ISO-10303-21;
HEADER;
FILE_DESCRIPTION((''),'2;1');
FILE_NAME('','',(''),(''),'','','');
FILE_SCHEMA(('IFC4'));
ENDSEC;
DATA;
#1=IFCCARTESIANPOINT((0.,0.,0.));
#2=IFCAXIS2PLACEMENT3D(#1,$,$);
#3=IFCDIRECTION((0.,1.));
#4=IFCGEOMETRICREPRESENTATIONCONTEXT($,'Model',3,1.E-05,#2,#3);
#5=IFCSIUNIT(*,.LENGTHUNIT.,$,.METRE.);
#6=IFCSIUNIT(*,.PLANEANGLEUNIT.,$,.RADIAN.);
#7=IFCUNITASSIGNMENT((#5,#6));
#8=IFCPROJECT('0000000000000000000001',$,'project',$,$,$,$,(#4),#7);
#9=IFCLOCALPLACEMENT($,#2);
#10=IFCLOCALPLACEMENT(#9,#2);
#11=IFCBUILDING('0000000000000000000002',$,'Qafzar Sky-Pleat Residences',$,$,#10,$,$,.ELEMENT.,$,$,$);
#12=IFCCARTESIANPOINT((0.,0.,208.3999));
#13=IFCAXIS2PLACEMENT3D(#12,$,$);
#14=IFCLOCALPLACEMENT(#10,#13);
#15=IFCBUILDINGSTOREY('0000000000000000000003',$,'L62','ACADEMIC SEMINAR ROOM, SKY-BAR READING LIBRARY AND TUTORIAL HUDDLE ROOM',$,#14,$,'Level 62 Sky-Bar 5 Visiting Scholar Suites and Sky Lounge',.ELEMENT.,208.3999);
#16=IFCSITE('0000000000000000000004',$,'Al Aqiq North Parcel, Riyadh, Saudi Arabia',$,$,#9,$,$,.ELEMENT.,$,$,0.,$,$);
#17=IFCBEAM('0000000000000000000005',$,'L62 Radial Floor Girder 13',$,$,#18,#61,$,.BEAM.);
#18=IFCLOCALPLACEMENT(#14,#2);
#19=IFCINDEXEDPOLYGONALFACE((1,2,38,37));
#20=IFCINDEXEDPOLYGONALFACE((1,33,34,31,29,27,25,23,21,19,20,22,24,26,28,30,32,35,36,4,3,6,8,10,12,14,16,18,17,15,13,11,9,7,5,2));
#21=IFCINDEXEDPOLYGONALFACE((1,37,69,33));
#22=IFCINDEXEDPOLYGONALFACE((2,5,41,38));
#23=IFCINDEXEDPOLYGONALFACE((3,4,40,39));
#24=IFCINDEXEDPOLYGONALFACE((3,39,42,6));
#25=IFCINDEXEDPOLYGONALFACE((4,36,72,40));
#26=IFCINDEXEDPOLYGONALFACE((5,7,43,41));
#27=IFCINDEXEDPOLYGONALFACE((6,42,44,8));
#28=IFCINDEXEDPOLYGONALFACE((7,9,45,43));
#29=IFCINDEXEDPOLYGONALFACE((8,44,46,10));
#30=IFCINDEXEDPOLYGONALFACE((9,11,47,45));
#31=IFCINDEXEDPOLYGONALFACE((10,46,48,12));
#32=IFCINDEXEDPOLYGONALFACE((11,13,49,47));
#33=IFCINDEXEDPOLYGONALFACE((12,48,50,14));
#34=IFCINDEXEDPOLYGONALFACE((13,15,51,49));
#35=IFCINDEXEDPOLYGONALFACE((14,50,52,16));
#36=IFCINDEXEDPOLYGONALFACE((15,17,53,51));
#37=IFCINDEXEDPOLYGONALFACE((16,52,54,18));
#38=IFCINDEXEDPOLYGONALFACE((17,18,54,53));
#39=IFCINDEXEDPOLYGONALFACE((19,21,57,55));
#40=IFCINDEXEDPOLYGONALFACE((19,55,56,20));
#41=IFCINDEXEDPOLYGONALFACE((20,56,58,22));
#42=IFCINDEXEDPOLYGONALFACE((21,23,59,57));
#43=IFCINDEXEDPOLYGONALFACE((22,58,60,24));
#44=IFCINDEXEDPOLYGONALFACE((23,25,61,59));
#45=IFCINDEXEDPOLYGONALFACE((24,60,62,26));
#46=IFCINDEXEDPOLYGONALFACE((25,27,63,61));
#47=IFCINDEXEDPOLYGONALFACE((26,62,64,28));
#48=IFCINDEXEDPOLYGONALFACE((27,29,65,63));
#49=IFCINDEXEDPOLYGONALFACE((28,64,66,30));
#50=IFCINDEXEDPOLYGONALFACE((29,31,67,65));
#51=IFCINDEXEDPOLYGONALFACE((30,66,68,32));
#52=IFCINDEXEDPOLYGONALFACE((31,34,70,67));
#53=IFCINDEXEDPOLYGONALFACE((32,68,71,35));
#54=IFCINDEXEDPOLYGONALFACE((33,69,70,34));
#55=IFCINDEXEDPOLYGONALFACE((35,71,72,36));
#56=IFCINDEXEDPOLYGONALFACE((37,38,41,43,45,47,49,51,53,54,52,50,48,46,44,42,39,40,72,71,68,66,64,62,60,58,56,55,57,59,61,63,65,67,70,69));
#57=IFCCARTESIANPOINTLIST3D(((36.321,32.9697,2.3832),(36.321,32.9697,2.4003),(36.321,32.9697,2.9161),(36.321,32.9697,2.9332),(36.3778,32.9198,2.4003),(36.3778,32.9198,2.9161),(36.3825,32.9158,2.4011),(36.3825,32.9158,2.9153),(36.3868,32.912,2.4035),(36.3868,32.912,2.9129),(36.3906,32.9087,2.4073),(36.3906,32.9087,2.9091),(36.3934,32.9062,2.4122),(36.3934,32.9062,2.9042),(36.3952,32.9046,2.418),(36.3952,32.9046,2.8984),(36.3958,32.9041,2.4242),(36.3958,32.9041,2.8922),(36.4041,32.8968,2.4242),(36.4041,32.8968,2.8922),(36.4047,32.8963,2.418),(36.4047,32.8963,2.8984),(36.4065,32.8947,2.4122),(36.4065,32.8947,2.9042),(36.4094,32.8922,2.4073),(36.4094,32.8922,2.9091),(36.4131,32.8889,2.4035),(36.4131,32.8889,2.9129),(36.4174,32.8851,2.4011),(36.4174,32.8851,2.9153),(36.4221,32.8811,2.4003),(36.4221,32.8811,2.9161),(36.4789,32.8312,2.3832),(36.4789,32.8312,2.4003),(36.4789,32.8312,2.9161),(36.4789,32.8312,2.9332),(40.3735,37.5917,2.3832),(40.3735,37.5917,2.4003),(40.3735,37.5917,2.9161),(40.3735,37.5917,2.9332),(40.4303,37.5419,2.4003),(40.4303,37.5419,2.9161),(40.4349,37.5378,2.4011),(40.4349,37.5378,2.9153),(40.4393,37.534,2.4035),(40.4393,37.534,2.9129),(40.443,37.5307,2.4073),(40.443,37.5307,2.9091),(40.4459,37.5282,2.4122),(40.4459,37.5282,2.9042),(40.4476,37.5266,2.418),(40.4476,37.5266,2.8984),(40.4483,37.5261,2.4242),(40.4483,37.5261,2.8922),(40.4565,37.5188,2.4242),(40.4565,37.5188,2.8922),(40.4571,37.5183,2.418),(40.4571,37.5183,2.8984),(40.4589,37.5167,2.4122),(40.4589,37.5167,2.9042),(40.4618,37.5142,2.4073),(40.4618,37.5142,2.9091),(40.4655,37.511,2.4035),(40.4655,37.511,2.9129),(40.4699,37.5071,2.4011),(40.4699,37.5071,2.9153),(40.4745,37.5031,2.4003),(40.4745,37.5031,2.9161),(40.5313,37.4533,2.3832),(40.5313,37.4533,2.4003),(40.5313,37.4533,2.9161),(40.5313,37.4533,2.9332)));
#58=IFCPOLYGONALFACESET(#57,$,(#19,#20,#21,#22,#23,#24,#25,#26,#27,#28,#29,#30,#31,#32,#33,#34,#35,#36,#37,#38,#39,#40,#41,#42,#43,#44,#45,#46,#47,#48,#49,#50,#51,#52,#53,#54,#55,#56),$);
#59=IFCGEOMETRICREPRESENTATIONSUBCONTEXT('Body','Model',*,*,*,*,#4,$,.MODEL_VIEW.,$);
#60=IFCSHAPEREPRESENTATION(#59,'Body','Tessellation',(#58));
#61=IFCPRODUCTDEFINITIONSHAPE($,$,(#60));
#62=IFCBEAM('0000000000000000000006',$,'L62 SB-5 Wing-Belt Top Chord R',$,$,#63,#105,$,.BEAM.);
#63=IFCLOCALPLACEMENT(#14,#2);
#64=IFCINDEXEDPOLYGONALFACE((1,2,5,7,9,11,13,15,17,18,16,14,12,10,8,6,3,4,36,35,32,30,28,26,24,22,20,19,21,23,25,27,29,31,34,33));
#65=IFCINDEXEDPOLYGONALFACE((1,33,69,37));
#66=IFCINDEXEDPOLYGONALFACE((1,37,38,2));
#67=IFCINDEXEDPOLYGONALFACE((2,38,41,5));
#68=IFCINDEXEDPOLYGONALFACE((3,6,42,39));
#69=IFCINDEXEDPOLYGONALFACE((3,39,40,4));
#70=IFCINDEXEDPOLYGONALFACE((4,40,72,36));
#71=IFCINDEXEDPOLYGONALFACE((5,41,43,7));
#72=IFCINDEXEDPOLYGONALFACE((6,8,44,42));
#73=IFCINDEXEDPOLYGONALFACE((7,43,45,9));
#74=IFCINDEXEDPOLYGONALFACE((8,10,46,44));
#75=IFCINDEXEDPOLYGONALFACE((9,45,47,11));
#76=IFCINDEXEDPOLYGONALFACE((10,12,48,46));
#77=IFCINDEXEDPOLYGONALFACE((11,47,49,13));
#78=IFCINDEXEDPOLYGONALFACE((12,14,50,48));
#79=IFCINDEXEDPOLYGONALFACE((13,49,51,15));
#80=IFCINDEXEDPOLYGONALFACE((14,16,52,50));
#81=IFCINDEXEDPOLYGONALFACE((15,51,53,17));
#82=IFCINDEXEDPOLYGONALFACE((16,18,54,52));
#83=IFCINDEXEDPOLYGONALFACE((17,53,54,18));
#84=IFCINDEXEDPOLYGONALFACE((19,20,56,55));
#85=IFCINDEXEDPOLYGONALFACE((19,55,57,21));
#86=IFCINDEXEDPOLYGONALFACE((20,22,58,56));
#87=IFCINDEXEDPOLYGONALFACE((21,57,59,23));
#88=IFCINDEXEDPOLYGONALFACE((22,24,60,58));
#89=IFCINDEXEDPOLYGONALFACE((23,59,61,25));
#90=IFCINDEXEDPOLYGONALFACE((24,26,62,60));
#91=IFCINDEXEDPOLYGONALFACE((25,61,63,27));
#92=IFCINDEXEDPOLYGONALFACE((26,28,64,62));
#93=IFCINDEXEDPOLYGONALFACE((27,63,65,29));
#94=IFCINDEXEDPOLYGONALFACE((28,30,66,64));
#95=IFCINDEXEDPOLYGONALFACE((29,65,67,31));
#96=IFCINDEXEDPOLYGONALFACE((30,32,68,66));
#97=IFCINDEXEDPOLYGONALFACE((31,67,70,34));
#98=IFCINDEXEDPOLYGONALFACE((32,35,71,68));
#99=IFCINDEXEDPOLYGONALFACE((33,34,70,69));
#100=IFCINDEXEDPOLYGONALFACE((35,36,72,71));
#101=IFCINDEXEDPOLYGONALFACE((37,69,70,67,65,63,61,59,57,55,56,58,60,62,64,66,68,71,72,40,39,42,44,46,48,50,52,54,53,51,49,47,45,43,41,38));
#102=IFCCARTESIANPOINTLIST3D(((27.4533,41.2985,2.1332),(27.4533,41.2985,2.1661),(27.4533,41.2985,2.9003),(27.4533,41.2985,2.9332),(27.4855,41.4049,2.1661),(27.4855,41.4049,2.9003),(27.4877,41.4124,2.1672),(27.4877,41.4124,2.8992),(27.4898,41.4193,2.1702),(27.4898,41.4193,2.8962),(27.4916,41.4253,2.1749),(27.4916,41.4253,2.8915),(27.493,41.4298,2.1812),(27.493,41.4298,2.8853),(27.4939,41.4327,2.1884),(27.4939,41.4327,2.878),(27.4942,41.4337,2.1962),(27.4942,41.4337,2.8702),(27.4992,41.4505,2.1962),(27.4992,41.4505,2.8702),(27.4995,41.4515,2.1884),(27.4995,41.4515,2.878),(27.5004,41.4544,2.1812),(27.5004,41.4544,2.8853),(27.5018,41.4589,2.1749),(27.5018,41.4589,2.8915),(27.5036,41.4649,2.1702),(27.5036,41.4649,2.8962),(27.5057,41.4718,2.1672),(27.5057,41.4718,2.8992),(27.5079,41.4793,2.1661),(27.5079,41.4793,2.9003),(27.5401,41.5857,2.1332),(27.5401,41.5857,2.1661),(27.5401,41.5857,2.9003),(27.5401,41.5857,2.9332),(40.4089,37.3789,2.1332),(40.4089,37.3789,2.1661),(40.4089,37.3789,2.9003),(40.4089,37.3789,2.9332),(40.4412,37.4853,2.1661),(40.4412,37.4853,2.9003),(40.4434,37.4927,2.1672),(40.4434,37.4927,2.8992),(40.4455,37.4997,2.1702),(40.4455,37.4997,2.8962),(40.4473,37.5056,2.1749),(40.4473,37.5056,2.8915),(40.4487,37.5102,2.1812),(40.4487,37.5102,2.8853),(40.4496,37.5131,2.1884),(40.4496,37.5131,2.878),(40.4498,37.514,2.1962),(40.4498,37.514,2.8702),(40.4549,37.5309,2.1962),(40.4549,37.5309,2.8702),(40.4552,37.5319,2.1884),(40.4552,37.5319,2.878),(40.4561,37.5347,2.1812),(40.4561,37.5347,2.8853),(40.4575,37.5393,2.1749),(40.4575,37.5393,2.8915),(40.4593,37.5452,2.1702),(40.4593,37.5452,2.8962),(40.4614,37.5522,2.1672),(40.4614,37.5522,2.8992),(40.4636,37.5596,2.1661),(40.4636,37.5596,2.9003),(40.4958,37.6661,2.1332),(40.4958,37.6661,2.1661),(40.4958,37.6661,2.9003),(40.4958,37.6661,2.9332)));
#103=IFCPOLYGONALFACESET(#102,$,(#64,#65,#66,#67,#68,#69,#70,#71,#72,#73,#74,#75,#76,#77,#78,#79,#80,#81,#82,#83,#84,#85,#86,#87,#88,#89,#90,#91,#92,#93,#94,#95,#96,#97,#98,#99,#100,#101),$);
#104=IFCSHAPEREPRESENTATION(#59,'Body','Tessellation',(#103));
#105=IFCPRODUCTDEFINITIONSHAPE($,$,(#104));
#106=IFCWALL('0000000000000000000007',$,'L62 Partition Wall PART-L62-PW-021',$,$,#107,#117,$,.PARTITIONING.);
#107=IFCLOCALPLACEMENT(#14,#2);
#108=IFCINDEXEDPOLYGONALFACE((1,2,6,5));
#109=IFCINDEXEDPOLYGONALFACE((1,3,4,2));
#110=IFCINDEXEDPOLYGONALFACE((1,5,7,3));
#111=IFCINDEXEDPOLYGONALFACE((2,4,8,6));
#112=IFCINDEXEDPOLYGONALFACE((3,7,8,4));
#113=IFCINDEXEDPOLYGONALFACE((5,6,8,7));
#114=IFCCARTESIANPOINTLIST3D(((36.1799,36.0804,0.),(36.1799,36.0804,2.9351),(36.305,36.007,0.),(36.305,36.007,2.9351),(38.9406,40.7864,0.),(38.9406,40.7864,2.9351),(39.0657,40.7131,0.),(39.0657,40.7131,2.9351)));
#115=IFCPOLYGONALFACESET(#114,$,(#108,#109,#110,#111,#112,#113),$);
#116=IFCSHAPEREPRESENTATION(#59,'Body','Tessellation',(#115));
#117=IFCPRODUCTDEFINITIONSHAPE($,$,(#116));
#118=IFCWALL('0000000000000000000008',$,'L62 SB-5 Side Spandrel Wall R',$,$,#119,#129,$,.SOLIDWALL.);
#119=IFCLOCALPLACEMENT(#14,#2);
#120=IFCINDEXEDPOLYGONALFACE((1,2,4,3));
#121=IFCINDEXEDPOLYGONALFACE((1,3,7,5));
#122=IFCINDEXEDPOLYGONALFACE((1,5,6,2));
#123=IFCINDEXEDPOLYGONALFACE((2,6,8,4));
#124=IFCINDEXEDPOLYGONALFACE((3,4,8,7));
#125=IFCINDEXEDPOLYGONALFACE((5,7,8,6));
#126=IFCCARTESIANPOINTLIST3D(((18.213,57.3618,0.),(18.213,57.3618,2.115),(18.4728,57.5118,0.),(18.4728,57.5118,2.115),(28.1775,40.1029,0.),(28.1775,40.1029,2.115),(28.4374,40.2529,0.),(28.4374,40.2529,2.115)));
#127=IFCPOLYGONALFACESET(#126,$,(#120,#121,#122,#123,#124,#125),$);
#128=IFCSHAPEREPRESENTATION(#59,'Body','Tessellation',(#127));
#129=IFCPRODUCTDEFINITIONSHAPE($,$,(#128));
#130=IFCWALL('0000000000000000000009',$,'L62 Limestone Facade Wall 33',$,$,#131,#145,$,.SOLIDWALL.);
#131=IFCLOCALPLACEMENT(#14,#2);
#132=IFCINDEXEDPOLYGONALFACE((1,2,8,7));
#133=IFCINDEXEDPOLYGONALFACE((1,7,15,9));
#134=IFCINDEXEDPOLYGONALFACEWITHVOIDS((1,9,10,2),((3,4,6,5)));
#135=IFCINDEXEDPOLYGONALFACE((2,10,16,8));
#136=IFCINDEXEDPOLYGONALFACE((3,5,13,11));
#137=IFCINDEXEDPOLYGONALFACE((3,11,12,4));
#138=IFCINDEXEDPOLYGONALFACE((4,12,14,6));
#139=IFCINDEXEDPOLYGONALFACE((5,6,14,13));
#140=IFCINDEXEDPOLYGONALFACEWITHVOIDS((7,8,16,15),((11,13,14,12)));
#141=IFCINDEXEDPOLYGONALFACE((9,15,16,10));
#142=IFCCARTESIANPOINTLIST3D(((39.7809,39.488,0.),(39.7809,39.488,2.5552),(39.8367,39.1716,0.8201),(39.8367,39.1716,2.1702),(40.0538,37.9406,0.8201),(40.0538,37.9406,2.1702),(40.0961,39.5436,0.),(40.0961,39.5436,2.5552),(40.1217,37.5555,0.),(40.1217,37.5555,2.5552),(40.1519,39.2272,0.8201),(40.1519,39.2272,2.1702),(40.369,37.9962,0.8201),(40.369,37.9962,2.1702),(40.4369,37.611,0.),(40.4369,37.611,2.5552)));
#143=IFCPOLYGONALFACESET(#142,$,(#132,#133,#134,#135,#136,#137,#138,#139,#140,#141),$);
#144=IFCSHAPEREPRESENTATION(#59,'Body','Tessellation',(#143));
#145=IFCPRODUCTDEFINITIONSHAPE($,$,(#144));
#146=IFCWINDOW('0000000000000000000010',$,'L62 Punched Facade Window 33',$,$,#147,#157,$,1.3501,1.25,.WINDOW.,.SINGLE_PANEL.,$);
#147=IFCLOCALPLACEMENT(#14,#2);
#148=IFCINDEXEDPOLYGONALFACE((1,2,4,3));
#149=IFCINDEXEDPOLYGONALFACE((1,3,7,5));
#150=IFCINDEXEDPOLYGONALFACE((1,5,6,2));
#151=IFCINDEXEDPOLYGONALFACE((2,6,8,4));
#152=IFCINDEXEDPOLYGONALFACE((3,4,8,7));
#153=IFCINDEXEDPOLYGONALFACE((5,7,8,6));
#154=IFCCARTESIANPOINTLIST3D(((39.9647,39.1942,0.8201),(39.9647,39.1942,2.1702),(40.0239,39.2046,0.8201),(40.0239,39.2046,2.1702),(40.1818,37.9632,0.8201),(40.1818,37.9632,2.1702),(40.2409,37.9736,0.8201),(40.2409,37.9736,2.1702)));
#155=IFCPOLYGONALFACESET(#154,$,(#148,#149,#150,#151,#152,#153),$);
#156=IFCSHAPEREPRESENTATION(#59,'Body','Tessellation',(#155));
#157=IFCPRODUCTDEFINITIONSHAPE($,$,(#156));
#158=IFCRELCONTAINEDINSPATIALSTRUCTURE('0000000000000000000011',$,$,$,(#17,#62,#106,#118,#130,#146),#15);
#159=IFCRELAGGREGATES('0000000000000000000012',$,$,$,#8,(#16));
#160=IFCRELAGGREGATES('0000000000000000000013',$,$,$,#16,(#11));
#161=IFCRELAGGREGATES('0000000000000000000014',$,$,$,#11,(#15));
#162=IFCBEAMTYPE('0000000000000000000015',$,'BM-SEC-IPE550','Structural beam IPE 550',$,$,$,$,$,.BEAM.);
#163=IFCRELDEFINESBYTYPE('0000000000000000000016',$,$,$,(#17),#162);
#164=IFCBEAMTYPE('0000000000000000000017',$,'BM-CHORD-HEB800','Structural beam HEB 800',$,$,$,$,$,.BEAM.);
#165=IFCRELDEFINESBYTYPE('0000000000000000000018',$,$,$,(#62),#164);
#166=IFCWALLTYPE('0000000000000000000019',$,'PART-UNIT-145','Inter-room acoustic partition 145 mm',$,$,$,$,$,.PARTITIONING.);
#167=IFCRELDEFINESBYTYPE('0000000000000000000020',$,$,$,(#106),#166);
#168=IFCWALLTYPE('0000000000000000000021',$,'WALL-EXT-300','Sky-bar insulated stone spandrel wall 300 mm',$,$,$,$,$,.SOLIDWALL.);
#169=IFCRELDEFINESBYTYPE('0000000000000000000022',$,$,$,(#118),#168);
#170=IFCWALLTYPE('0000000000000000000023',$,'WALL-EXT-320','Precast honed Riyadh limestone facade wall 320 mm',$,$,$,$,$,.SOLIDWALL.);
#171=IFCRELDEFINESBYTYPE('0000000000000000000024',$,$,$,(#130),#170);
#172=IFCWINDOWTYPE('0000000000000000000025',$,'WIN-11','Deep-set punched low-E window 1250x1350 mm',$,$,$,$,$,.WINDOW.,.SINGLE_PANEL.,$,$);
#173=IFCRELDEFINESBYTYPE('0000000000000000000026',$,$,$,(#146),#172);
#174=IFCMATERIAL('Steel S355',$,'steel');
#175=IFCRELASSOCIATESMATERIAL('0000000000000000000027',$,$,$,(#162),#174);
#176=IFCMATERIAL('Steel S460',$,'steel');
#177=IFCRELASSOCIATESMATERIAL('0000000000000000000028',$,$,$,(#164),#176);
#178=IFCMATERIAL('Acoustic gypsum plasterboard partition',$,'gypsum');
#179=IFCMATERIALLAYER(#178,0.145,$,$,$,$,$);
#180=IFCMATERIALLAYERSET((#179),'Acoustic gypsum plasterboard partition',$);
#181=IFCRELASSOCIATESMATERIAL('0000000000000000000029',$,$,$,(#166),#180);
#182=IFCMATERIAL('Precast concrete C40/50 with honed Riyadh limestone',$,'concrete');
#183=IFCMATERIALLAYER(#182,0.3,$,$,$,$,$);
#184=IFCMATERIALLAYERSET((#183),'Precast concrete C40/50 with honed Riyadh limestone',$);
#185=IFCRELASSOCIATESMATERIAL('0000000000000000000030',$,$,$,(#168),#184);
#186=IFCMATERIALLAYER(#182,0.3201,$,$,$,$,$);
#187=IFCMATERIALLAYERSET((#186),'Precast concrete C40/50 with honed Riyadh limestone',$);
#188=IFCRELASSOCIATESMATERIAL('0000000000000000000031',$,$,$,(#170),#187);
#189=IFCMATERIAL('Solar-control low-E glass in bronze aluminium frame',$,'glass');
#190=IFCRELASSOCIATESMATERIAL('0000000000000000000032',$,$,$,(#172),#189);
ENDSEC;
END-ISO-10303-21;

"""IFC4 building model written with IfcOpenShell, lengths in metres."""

from ifc_helpers import new_model, si_unit, direction, frame, frame_2d, origin, origin_2d, place, context, subcontext, project, spatial, rectangle, i_section, extrude, source, transform, mapped, material, layer, layer_set, material_profile, profile_set, type_object, element, fill, save


model = new_model("IFC4")

# Units and contexts
model_context = context("Model", 3, precision=1e-05, world=origin(), true_north=direction((0.0, 1.0)))
body_context = subcontext(model_context, "Body", "Model", "MODEL_VIEW")
ifc_project = project(units=[si_unit("LENGTHUNIT", "METRE"), si_unit("PLANEANGLEUNIT", "RADIAN")], contexts=[model_context])

# Site, building, storey
site_placement = place(None, origin())
site = spatial("IfcSite", under=ifc_project, at=site_placement, Name="Al Aqiq North Parcel, Riyadh, Saudi Arabia", CompositionType="ELEMENT", RefElevation=0.0)
building_placement = place(site_placement, origin())
building = spatial("IfcBuilding", under=site, at=building_placement, Name="Qafzar Sky-Pleat Residences", CompositionType="ELEMENT")
storey_placement = place(building_placement, frame((0.0, 0.0, 208.3999)))
storey = spatial("IfcBuildingStorey", under=building, at=storey_placement, Name="L62", Description="ACADEMIC SEMINAR ROOM, SKY-BAR READING LIBRARY AND TUTORIAL HUDDLE ROOM", LongName="Level 62 Sky-Bar 5 Visiting Scholar Suites and Sky Lounge", CompositionType="ELEMENT", Elevation=208.3999)

# Shared definitions
ifc_material_1 = material(Name="Steel S355", Category="steel")

# Beams
ifc_material_profile_1 = material_profile(ifc_material_1, i_section(OverallWidth=0.21, OverallDepth=0.55, WebThickness=0.011, FlangeThickness=0.0171, FilletRadius=0.0239, at=origin_2d()), Name="IPE 550")
ifc_profile_set_1 = profile_set([ifc_material_profile_1], Name="Steel S355")
beam_type_1 = type_object("IfcBeamType", Name="BM-SEC-IPE550", Description="Structural beam IPE 550", PredefinedType="BEAM", material=ifc_profile_set_1)
shared_shape_1 = source(origin(), body_context, "Body", "SweptSolid", [
    extrude(i_section(OverallWidth=0.21, OverallDepth=0.55, WebThickness=0.011, FlangeThickness=0.0171, FilletRadius=0.0239, at=origin_2d()), origin(), (0.0, 0.0, 1.0), 6.147),
])
beam_1_placement = place(storey_placement, frame((40.4524, 37.5225, 2.6582), z_axis=(-0.659258, -0.751917, 0.0), x_axis=(0.751917, -0.659258, 0.0)))
element("IfcBeam", 1, at=beam_1_placement, inside=storey, type_object=beam_type_1, Name="L62 Radial Floor Girder 13", PredefinedType="BEAM", context=body_context, shape_type="MappedRepresentation", body=[
    mapped(shared_shape_1, transform((0.0, 0.0, 0.0), x_axis=(1.0, 0.0, 0.0), y_axis=(0.0, 1.0, 0.0), z_axis=(0.0, 0.0, 1.0), scale=1.0)),
])
ifc_material_2 = material(Name="Steel S460", Category="steel")
ifc_material_profile_2 = material_profile(ifc_material_2, i_section(OverallWidth=0.3, OverallDepth=0.8, WebThickness=0.0176, FlangeThickness=0.033, FilletRadius=0.03, at=origin_2d()), Name="HEB 800")
ifc_profile_set_2 = profile_set([ifc_material_profile_2], Name="Steel S460")
beam_type_2 = type_object("IfcBeamType", Name="BM-CHORD-HEB800", Description="Structural beam HEB 800", PredefinedType="BEAM", material=ifc_profile_set_2)
shared_shape_2 = source(origin(), body_context, "Body", "SweptSolid", [
    extrude(i_section(OverallWidth=0.3, OverallDepth=0.8, WebThickness=0.0176, FlangeThickness=0.033, FilletRadius=0.03, at=origin_2d()), origin(), (0.0, 0.0, 1.0), 13.5356),
])
beam_2_placement = place(storey_placement, frame((40.4524, 37.5225, 2.5332), z_axis=(-0.957154, 0.289579, 0.0), x_axis=(-0.289579, -0.957154, 0.0)))
element("IfcBeam", 2, at=beam_2_placement, inside=storey, type_object=beam_type_2, Name="L62 SB-5 Wing-Belt Top Chord R", PredefinedType="BEAM", context=body_context, shape_type="MappedRepresentation", body=[
    mapped(shared_shape_2, transform((0.0, 0.0, 0.0), x_axis=(1.0, 0.0, 0.0), y_axis=(0.0, 1.0, 0.0), z_axis=(0.0, 0.0, 1.0), scale=1.0)),
])

# Walls
ifc_material_3 = material(Name="Acoustic gypsum plasterboard partition", Category="gypsum")
ifc_layer_1 = layer(ifc_material_3, 0.145)
ifc_layer_set_1 = layer_set([ifc_layer_1], Name="Acoustic gypsum plasterboard partition")
wall_type_1 = type_object("IfcWallType", Name="PART-UNIT-145", Description="Inter-room acoustic partition 145 mm", PredefinedType="PARTITIONING", material=ifc_layer_set_1)
wall_1_placement = place(storey_placement, frame((36.2424, 36.0437, 0.0), z_axis=(0.0, 0.0, 1.0), x_axis=(0.505995, 0.862536, 0.0)))
element("IfcWall", 3, at=wall_1_placement, inside=storey, type_object=wall_type_1, Name="L62 Partition Wall PART-L62-PW-021", PredefinedType="PARTITIONING", context=body_context, shape_type="SweptSolid", body=[
    extrude(rectangle(XDim=5.4561, YDim=0.145, at=frame_2d((2.728, 0.0))), origin(), (0.0, 0.0, 1.0), 2.9351),
])
ifc_material_4 = material(Name="Precast concrete C40/50 with honed Riyadh limestone", Category="concrete")
ifc_layer_2 = layer(ifc_material_4, 0.3)
ifc_layer_set_2 = layer_set([ifc_layer_2], Name="Precast concrete C40/50 with honed Riyadh limestone")
wall_type_2 = type_object("IfcWallType", Name="WALL-EXT-300", Description="Sky-bar insulated stone spandrel wall 300 mm", PredefinedType="SOLIDWALL", material=ifc_layer_set_2)
wall_2_placement = place(storey_placement, frame((28.3074, 40.178, 0.0), z_axis=(0.0, 0.0, 1.0), x_axis=(-0.500003, 0.866023, 0.0)))
element("IfcWall", 4, at=wall_2_placement, inside=storey, type_object=wall_type_2, Name="L62 SB-5 Side Spandrel Wall R", PredefinedType="SOLIDWALL", context=body_context, shape_type="SweptSolid", body=[
    extrude(rectangle(XDim=19.929, YDim=0.3, at=frame_2d((9.9644, 0.0))), origin(), (0.0, 0.0, 1.0), 2.115),
])

# Wall, opening, window
ifc_layer_3 = layer(ifc_material_4, 0.3201)
ifc_layer_set_3 = layer_set([ifc_layer_3], Name="Precast concrete C40/50 with honed Riyadh limestone")
wall_type_3 = type_object("IfcWallType", Name="WALL-EXT-320", Description="Precast honed Riyadh limestone facade wall 320 mm", PredefinedType="SOLIDWALL", material=ifc_layer_set_3)
wall_3_placement = place(storey_placement, frame((40.2793, 37.5833, 0.0), z_axis=(0.0, 0.0, 1.0), x_axis=(-0.173672, 0.984804, 0.0)))
wall_3 = element("IfcWall", 5, at=wall_3_placement, inside=storey, type_object=wall_type_3, Name="L62 Limestone Facade Wall 33", PredefinedType="SOLIDWALL", context=body_context, shape_type="SweptSolid", body=[
    extrude(rectangle(XDim=1.9624, YDim=0.3201, at=frame_2d((0.9812, 0.0))), origin(), (0.0, 0.0, 1.0), 2.5552),
])
opening_1_placement = place(wall_3_placement, frame((0.3911, 0.0, 0.8201)))
opening_1 = element("IfcOpeningElement", 6, at=opening_1_placement, cuts=wall_3, PredefinedType="OPENING", context=body_context, shape_type="SweptSolid", body=[
    extrude(rectangle(XDim=1.25, YDim=1.3501, at=frame_2d((0.625, 0.675))), frame((0.0, 0.1699, 0.0), z_axis=(0.0, -1.0, 0.0), x_axis=(1.0, 0.0, 0.0)), (0.0, 0.0, 1.0), 0.3401),
])
ifc_material_5 = material(Name="Solar-control low-E glass in bronze aluminium frame", Category="glass")
window_type_1 = type_object("IfcWindowType", Name="WIN-11", Description="Deep-set punched low-E window 1250x1350 mm", PartitioningType="SINGLE_PANEL", PredefinedType="WINDOW", material=ifc_material_5)
shared_shape_3 = source(origin(), body_context, "Body", "SweptSolid", [
    extrude(rectangle(XDim=1.25, YDim=1.3501, at=frame_2d((0.625, 0.675))), frame((0.0, 0.03, 0.0), z_axis=(0.0, -1.0, 0.0), x_axis=(1.0, 0.0, 0.0)), (0.0, 0.0, 1.0), 0.0601),
])
window_1_placement = place(opening_1_placement, origin())
window_1 = element("IfcWindow", 7, at=window_1_placement, inside=storey, type_object=window_type_1, Name="L62 Punched Facade Window 33", OverallHeight=1.3501, OverallWidth=1.25, PartitioningType="SINGLE_PANEL", PredefinedType="WINDOW", context=body_context, shape_type="MappedRepresentation", body=[
    mapped(shared_shape_3, transform((0.0, 0.0, 0.0), x_axis=(1.0, 0.0, 0.0), y_axis=(0.0, 1.0, 0.0), z_axis=(0.0, 0.0, 1.0), scale=1.0)),
])
fill(opening_1, window_1)

save(model, "model.ifc")
